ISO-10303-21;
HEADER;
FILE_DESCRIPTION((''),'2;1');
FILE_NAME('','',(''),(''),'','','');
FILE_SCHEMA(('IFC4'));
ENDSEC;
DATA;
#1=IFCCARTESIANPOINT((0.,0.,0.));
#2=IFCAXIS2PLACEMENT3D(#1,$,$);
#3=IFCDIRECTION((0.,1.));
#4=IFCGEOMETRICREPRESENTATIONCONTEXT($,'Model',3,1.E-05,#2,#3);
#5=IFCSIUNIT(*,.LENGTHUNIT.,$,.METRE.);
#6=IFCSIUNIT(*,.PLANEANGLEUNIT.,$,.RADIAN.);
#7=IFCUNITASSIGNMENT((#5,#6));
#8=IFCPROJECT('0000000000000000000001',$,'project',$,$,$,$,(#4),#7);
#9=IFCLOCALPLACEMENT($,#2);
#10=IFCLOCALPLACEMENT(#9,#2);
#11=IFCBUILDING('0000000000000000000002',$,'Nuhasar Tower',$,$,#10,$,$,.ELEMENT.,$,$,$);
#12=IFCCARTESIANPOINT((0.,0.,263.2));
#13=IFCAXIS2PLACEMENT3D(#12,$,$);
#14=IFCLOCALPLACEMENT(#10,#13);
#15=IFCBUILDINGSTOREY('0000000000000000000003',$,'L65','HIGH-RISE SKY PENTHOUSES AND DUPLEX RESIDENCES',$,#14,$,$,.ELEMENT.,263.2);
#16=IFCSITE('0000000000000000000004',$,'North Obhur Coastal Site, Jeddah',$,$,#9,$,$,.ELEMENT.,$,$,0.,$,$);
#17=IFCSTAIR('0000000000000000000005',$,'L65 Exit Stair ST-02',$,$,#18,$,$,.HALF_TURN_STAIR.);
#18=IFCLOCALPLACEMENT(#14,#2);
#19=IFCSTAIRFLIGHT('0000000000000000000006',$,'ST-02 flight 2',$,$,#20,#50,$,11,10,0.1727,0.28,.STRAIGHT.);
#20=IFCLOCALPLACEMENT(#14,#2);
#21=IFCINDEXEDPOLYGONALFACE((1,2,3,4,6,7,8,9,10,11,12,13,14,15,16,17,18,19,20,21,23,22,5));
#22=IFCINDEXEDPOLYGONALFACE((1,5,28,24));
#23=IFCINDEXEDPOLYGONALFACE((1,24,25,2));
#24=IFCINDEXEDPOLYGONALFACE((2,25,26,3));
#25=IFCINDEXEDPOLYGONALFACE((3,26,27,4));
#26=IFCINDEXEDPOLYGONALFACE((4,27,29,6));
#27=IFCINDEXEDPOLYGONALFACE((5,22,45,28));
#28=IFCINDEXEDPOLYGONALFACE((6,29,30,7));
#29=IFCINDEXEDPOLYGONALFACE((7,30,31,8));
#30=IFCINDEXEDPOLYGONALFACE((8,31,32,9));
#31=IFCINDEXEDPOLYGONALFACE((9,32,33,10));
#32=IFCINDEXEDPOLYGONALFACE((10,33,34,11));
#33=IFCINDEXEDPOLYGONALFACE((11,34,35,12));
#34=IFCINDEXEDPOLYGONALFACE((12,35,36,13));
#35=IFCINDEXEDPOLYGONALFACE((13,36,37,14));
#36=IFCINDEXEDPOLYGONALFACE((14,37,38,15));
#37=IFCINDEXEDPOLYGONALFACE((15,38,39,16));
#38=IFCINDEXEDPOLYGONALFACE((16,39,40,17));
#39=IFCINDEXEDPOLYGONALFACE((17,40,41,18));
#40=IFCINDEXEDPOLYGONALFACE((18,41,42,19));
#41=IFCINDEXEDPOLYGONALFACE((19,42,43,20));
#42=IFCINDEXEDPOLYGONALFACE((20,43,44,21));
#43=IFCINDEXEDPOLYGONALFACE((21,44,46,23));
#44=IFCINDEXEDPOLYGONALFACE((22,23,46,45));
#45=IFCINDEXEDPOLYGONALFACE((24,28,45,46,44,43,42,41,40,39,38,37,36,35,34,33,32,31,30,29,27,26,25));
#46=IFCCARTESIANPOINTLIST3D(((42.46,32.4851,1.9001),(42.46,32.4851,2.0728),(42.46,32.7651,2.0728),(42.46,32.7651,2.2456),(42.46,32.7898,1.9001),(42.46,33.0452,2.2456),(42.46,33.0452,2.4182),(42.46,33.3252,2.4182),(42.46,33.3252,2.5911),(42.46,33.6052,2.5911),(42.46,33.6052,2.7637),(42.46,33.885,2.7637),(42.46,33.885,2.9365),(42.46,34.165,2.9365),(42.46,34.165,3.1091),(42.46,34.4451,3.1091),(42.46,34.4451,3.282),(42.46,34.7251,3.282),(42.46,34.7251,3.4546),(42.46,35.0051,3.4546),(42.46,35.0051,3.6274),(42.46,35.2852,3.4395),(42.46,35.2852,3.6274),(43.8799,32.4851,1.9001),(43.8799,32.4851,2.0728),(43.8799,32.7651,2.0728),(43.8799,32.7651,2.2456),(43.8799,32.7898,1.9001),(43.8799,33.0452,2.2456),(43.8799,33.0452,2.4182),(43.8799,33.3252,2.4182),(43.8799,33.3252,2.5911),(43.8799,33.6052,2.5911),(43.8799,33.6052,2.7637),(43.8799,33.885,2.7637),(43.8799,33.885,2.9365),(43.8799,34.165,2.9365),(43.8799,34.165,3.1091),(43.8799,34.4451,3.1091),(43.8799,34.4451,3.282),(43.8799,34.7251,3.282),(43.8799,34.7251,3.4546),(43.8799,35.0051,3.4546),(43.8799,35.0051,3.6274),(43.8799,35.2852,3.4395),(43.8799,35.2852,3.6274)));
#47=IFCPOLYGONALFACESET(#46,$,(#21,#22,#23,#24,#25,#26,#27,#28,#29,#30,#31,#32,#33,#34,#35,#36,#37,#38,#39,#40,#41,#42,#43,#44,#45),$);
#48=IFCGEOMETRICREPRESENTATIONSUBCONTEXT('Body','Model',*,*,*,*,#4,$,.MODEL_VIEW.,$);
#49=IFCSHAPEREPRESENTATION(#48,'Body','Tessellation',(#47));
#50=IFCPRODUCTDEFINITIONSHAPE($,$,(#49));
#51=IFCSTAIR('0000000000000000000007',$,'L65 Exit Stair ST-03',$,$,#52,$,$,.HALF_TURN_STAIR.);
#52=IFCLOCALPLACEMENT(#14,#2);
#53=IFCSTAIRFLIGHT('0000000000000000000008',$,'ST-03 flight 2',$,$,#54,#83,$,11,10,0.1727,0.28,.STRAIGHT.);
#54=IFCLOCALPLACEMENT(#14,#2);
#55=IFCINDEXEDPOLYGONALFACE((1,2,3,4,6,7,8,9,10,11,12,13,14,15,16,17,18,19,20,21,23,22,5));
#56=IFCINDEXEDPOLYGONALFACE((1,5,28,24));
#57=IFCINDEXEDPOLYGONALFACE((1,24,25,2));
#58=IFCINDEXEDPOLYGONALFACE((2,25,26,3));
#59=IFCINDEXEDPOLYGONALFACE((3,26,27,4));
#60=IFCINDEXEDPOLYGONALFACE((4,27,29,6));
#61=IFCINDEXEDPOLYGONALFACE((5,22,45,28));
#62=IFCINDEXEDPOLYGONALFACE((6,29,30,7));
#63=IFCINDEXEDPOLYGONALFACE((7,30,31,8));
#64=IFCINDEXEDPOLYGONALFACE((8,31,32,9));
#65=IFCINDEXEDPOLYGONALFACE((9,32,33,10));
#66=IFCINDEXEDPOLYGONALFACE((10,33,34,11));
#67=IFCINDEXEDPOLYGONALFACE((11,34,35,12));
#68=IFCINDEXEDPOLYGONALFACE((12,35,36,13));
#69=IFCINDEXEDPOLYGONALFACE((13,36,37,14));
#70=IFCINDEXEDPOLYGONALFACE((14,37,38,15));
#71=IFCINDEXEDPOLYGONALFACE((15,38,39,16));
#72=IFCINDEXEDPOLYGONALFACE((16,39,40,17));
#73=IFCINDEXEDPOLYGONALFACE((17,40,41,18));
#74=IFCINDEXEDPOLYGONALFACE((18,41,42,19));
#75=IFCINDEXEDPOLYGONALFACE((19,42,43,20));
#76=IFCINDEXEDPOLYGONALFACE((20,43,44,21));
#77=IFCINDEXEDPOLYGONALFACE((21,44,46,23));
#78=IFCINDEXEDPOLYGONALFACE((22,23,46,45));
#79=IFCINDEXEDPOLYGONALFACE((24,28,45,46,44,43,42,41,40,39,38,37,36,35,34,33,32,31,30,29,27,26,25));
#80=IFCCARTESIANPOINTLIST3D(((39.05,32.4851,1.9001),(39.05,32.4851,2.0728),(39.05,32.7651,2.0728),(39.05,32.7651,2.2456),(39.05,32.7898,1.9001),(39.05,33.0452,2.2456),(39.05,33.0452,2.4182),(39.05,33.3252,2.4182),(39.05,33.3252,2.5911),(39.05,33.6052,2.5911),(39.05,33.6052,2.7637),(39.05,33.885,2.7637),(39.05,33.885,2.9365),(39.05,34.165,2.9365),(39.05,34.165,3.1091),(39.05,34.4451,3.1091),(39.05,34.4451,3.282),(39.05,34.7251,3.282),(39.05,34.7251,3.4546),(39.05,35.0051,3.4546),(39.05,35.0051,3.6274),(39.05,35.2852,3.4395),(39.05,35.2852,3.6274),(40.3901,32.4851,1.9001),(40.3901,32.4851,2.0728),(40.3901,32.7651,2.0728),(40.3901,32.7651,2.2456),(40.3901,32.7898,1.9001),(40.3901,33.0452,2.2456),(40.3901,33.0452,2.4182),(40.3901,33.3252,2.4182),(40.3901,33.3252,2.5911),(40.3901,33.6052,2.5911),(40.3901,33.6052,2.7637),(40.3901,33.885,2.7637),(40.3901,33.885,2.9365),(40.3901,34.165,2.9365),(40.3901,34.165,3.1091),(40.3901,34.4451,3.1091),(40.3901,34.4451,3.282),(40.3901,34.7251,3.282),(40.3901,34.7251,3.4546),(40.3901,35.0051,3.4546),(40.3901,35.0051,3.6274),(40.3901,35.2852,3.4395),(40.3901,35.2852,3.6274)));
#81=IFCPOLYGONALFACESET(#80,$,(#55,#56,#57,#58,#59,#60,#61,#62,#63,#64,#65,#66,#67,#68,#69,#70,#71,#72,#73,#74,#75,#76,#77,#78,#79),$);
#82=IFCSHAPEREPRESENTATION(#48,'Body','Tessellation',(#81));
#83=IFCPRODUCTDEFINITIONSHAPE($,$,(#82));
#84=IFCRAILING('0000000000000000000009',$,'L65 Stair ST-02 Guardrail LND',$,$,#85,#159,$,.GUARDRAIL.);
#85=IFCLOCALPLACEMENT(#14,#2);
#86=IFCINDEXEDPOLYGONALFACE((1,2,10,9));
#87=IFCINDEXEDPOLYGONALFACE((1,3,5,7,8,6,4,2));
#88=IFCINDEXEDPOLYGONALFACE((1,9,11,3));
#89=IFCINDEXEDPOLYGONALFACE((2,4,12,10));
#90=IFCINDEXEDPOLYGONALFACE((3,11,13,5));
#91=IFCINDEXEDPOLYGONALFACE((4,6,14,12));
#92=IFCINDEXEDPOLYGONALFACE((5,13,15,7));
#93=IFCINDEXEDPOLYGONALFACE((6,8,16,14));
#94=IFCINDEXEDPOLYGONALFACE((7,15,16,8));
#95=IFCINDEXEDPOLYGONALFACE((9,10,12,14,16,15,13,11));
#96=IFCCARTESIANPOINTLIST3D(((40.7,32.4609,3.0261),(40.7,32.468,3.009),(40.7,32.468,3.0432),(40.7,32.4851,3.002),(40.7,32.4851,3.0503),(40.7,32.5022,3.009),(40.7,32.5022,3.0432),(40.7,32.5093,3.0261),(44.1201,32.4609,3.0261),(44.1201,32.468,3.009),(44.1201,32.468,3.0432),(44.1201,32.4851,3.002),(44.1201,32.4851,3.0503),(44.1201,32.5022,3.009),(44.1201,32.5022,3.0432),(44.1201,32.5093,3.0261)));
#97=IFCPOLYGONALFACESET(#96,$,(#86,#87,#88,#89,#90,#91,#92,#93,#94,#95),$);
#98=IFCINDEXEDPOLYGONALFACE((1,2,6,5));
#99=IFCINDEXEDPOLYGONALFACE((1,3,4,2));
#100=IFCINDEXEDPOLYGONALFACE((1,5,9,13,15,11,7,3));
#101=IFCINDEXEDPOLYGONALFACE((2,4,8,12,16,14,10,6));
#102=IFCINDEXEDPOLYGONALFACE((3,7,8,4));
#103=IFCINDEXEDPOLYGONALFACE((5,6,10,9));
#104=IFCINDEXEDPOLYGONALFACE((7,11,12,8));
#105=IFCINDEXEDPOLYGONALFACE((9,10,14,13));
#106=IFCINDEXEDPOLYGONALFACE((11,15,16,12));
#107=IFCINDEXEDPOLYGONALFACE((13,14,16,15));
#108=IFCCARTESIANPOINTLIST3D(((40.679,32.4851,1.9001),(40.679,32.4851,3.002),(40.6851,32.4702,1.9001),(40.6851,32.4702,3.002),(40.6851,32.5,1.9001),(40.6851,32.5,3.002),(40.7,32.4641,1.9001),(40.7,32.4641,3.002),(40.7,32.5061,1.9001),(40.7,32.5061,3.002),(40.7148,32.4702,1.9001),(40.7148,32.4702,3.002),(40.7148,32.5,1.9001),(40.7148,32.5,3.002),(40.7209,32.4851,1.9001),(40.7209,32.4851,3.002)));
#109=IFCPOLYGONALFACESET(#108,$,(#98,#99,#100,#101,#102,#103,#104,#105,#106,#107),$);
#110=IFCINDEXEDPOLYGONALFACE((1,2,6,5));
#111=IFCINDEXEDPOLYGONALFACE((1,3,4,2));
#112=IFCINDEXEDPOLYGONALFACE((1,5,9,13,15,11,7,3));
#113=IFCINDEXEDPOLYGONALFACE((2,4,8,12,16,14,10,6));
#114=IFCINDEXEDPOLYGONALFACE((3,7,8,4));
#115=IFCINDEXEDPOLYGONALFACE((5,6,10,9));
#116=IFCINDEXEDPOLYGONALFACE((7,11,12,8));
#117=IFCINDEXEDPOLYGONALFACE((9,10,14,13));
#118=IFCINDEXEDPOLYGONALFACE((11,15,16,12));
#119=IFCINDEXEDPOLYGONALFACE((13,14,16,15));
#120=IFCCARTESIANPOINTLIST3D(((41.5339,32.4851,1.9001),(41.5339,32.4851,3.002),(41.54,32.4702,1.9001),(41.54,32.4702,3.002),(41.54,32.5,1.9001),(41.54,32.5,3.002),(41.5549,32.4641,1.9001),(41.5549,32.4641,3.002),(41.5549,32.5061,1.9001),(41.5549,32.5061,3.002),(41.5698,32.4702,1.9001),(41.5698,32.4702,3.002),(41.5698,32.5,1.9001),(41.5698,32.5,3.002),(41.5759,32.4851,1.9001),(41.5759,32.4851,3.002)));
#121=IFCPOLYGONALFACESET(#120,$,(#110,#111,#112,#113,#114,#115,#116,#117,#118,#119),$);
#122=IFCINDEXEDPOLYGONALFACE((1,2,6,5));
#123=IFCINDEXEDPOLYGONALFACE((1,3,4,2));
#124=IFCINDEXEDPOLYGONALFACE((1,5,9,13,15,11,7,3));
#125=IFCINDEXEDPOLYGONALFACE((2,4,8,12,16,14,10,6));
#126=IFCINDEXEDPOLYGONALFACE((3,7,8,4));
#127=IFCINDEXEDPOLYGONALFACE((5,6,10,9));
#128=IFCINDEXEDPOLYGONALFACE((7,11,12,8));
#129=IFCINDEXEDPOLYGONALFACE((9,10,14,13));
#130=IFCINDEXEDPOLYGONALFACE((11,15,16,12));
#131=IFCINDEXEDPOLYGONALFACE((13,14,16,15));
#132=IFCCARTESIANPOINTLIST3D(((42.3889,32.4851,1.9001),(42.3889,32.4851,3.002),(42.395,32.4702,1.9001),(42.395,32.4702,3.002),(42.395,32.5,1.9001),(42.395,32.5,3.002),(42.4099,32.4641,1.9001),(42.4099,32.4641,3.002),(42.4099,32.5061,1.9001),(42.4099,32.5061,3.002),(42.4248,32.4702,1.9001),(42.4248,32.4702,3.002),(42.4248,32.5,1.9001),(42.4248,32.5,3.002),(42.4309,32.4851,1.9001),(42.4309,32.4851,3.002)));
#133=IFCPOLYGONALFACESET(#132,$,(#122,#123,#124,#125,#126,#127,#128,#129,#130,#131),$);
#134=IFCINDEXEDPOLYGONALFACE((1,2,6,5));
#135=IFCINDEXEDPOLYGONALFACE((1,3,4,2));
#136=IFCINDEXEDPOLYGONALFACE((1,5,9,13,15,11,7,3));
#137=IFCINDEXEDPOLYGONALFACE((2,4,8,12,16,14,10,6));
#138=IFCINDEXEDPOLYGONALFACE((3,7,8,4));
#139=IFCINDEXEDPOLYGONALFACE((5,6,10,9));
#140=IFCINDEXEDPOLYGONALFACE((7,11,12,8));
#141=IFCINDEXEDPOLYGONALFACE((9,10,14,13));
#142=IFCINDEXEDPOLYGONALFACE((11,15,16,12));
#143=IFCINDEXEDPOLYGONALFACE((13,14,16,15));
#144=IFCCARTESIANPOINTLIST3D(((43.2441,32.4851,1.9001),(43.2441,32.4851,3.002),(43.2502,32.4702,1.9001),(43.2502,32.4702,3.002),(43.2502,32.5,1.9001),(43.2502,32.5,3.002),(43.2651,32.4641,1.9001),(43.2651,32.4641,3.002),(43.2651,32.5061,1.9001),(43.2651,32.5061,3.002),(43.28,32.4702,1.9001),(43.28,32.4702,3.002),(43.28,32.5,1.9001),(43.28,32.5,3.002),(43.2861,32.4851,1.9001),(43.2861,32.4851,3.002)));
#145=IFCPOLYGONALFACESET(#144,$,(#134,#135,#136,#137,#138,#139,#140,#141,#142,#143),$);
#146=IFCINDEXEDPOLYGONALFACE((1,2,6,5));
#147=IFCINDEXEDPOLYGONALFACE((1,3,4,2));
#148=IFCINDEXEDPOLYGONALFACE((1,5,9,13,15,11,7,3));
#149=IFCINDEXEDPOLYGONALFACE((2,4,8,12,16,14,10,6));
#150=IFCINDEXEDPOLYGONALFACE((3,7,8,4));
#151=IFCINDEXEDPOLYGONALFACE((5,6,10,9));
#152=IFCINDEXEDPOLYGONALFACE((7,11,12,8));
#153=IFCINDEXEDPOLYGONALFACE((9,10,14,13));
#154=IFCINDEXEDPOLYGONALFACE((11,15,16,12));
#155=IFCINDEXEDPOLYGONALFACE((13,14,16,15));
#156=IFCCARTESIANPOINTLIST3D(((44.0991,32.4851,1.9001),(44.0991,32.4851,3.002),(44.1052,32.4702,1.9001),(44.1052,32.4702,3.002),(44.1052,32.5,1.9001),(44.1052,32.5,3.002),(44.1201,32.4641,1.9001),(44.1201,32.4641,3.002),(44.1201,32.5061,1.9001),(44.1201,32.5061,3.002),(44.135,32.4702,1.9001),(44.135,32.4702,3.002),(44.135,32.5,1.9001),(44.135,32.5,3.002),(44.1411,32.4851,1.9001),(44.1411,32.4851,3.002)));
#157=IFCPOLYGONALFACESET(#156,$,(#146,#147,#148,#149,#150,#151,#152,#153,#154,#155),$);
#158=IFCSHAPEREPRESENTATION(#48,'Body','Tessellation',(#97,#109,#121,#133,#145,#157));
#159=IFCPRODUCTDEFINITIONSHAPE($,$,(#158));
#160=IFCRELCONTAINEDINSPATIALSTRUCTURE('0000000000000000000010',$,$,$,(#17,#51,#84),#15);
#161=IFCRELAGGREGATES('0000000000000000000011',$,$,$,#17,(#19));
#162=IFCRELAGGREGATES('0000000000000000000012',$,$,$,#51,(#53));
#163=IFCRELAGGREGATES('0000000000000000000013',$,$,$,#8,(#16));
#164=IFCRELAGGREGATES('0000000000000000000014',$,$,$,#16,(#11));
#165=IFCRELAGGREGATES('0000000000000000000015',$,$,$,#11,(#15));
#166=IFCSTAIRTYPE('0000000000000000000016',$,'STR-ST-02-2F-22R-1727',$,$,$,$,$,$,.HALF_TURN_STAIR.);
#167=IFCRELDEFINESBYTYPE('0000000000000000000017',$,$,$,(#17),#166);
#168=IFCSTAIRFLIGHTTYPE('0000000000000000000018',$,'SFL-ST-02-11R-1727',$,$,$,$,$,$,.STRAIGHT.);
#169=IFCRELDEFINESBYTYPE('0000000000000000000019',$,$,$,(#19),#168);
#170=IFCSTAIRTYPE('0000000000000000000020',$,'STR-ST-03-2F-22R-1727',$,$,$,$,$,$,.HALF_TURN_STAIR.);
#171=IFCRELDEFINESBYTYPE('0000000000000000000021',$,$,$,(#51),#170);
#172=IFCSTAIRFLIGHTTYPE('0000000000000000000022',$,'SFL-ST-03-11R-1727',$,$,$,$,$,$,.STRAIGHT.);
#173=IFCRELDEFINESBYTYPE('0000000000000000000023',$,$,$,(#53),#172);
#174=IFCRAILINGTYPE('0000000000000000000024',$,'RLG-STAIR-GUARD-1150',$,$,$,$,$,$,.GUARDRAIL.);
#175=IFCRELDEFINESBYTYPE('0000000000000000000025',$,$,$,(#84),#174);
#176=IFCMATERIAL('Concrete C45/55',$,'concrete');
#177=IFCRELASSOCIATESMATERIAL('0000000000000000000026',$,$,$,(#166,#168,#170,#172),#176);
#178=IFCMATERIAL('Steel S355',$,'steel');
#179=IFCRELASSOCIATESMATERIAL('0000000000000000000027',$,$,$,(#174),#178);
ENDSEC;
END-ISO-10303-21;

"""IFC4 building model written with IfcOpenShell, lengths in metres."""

from ifc_helpers import new_model, si_unit, direction, frame, origin, place, context, subcontext, project, spatial, polyline, outline, extrude, material, type_object, element, aggregate, save


model = new_model("IFC4")

# Units and contexts
model_context = context("Model", 3, precision=1e-05, world=origin(), true_north=direction((0.0, 1.0)))
body_context = subcontext(model_context, "Body", "Model", "MODEL_VIEW")
ifc_project = project(units=[si_unit("LENGTHUNIT", "METRE"), si_unit("PLANEANGLEUNIT", "RADIAN")], contexts=[model_context])

# Site, building, storey
site_placement = place(None, origin())
site = spatial("IfcSite", under=ifc_project, at=site_placement, Name="North Obhur Coastal Site, Jeddah", CompositionType="ELEMENT", RefElevation=0.0)
building_placement = place(site_placement, origin())
building = spatial("IfcBuilding", under=site, at=building_placement, Name="Nuhasar Tower", CompositionType="ELEMENT")
storey_placement = place(building_placement, frame((0.0, 0.0, 263.2)))
storey = spatial("IfcBuildingStorey", under=building, at=storey_placement, Name="L65", Description="HIGH-RISE SKY PENTHOUSES AND DUPLEX RESIDENCES", CompositionType="ELEMENT", Elevation=263.2)

# Shared definitions
ifc_material_1 = material(Name="Steel S355", Category="steel")

# Shared definitions
ifc_material_2 = material(Name="Concrete C45/55", Category="concrete")

# Stair, stair flight
stair_type_1 = type_object("IfcStairType", Name="STR-ST-02-2F-22R-1727", PredefinedType="HALF_TURN_STAIR", material=ifc_material_2)
stair_1_placement = place(storey_placement, origin())
stair_1 = element("IfcStair", 1, at=stair_1_placement, inside=storey, type_object=stair_type_1, Name="L65 Exit Stair ST-02", PredefinedType="HALF_TURN_STAIR")
stair_flight_type_1 = type_object("IfcStairFlightType", Name="SFL-ST-02-11R-1727", PredefinedType="STRAIGHT", material=ifc_material_2)
stair_flight_1_placement = place(storey_placement, frame((43.1699, 32.4851, 1.9001), z_axis=(0.0, 0.0, 1.0), x_axis=(0.0, 1.0, 0.0)))
stair_flight_1 = element("IfcStairFlight", 2, at=stair_flight_1_placement, type_object=stair_flight_type_1, Name="ST-02 flight 2", NumberOfRisers=11, NumberOfTreads=10, PredefinedType="STRAIGHT", RiserHeight=0.1727, TreadLength=0.28, context=body_context, shape_type="SweptSolid", body=[
    extrude(outline(polyline([(0.0, 0.0), (0.0, 0.1726), (0.28, 0.1726), (0.28, 0.3455), (0.5601, 0.3455), (0.5601, 0.5181), (0.8401, 0.5181), (0.8401, 0.6909), (1.1201, 0.6909), (1.1201, 0.8635), (1.3999, 0.8635), (1.3999, 1.0364), (1.6799, 1.0364), (1.6799, 1.209), (1.96, 1.209), (1.96, 1.3818), (2.24, 1.3818), (2.24, 1.5544), (2.52, 1.5544), (2.52, 1.7273), (2.8, 1.7273), (2.8, 1.8999), (2.8, 1.5393), (0.3047, 0.0), (0.0, 0.0)])), frame((0.0, 0.71, 0.0), z_axis=(0.0, -1.0, 0.0), x_axis=(1.0, 0.0, 0.0)), (0.0, 0.0, 1.0), 1.4199),
])
aggregate(stair_1, [stair_flight_1])

# Stair, stair flight
stair_type_2 = type_object("IfcStairType", Name="STR-ST-03-2F-22R-1727", PredefinedType="HALF_TURN_STAIR", material=ifc_material_2)
stair_2_placement = place(storey_placement, origin())
stair_2 = element("IfcStair", 3, at=stair_2_placement, inside=storey, type_object=stair_type_2, Name="L65 Exit Stair ST-03", PredefinedType="HALF_TURN_STAIR")
stair_flight_type_2 = type_object("IfcStairFlightType", Name="SFL-ST-03-11R-1727", PredefinedType="STRAIGHT", material=ifc_material_2)
stair_flight_2_placement = place(storey_placement, frame((39.72, 32.4851, 1.9001), z_axis=(0.0, 0.0, 1.0), x_axis=(0.0, 1.0, 0.0)))
stair_flight_2 = element("IfcStairFlight", 4, at=stair_flight_2_placement, type_object=stair_flight_type_2, Name="ST-03 flight 2", NumberOfRisers=11, NumberOfTreads=10, PredefinedType="STRAIGHT", RiserHeight=0.1727, TreadLength=0.28, context=body_context, shape_type="SweptSolid", body=[
    extrude(outline(polyline([(0.0, 0.0), (0.0, 0.1726), (0.28, 0.1726), (0.28, 0.3455), (0.5601, 0.3455), (0.5601, 0.5181), (0.8401, 0.5181), (0.8401, 0.6909), (1.1201, 0.6909), (1.1201, 0.8635), (1.3999, 0.8635), (1.3999, 1.0364), (1.6799, 1.0364), (1.6799, 1.209), (1.96, 1.209), (1.96, 1.3818), (2.24, 1.3818), (2.24, 1.5544), (2.52, 1.5544), (2.52, 1.7273), (2.8, 1.7273), (2.8, 1.8999), (2.8, 1.5393), (0.3047, 0.0), (0.0, 0.0)])), frame((0.0, 0.6699, 0.0), z_axis=(0.0, -1.0, 0.0), x_axis=(1.0, 0.0, 0.0)), (0.0, 0.0, 1.0), 1.3401),
])
aggregate(stair_2, [stair_flight_2])

# Railing
railing_type_1 = type_object("IfcRailingType", Name="RLG-STAIR-GUARD-1150", PredefinedType="GUARDRAIL", material=ifc_material_1)
railing_1_placement = place(storey_placement, frame((40.7, 32.4851, 1.9001)))
element("IfcRailing", 5, at=railing_1_placement, inside=storey, type_object=railing_type_1, Name="L65 Stair ST-02 Guardrail LND", PredefinedType="GUARDRAIL", context=body_context, shape_type="SweptSolid", body=[
    extrude(outline(polyline([(0.0242, 0.0), (0.0171, 0.0171), (0.0, 0.0242), (-0.0171, 0.0171), (-0.0242, 0.0), (-0.0171, -0.0171), (0.0, -0.0242), (0.0171, -0.0171), (0.0242, 0.0)])), frame((0.0, 0.0, 1.126), z_axis=(1.0, 0.0, 0.0), x_axis=(0.0, 1.0, 0.0)), (0.0, 0.0, 1.0), 3.4202),
    extrude(outline(polyline([(0.021, 0.0), (0.0149, 0.0149), (0.0, 0.021), (-0.0149, 0.0149), (-0.021, 0.0), (-0.0149, -0.0149), (0.0, -0.021), (0.0149, -0.0149), (0.021, 0.0)])), origin(), (0.0, 0.0, 1.0), 1.1018),
    extrude(outline(polyline([(0.021, 0.0), (0.0149, 0.0149), (0.0, 0.021), (-0.0149, 0.0149), (-0.021, 0.0), (-0.0149, -0.0149), (0.0, -0.021), (0.0149, -0.0149), (0.021, 0.0)])), frame((0.855, 0.0, 0.0)), (0.0, 0.0, 1.0), 1.1018),
    extrude(outline(polyline([(0.021, 0.0), (0.0149, 0.0149), (0.0, 0.021), (-0.0149, 0.0149), (-0.021, 0.0), (-0.0149, -0.0149), (0.0, -0.021), (0.0149, -0.0149), (0.021, 0.0)])), frame((1.71, 0.0, 0.0)), (0.0, 0.0, 1.0), 1.1018),
    extrude(outline(polyline([(0.021, 0.0), (0.0149, 0.0149), (0.0, 0.021), (-0.0149, 0.0149), (-0.021, 0.0), (-0.0149, -0.0149), (0.0, -0.021), (0.0149, -0.0149), (0.021, 0.0)])), frame((2.5652, 0.0, 0.0)), (0.0, 0.0, 1.0), 1.1018),
    extrude(outline(polyline([(0.021, 0.0), (0.0149, 0.0149), (0.0, 0.021), (-0.0149, 0.0149), (-0.021, 0.0), (-0.0149, -0.0149), (0.0, -0.021), (0.0149, -0.0149), (0.021, 0.0)])), frame((3.4202, 0.0, 0.0)), (0.0, 0.0, 1.0), 1.1018),
])

save(model, "model.ifc")
